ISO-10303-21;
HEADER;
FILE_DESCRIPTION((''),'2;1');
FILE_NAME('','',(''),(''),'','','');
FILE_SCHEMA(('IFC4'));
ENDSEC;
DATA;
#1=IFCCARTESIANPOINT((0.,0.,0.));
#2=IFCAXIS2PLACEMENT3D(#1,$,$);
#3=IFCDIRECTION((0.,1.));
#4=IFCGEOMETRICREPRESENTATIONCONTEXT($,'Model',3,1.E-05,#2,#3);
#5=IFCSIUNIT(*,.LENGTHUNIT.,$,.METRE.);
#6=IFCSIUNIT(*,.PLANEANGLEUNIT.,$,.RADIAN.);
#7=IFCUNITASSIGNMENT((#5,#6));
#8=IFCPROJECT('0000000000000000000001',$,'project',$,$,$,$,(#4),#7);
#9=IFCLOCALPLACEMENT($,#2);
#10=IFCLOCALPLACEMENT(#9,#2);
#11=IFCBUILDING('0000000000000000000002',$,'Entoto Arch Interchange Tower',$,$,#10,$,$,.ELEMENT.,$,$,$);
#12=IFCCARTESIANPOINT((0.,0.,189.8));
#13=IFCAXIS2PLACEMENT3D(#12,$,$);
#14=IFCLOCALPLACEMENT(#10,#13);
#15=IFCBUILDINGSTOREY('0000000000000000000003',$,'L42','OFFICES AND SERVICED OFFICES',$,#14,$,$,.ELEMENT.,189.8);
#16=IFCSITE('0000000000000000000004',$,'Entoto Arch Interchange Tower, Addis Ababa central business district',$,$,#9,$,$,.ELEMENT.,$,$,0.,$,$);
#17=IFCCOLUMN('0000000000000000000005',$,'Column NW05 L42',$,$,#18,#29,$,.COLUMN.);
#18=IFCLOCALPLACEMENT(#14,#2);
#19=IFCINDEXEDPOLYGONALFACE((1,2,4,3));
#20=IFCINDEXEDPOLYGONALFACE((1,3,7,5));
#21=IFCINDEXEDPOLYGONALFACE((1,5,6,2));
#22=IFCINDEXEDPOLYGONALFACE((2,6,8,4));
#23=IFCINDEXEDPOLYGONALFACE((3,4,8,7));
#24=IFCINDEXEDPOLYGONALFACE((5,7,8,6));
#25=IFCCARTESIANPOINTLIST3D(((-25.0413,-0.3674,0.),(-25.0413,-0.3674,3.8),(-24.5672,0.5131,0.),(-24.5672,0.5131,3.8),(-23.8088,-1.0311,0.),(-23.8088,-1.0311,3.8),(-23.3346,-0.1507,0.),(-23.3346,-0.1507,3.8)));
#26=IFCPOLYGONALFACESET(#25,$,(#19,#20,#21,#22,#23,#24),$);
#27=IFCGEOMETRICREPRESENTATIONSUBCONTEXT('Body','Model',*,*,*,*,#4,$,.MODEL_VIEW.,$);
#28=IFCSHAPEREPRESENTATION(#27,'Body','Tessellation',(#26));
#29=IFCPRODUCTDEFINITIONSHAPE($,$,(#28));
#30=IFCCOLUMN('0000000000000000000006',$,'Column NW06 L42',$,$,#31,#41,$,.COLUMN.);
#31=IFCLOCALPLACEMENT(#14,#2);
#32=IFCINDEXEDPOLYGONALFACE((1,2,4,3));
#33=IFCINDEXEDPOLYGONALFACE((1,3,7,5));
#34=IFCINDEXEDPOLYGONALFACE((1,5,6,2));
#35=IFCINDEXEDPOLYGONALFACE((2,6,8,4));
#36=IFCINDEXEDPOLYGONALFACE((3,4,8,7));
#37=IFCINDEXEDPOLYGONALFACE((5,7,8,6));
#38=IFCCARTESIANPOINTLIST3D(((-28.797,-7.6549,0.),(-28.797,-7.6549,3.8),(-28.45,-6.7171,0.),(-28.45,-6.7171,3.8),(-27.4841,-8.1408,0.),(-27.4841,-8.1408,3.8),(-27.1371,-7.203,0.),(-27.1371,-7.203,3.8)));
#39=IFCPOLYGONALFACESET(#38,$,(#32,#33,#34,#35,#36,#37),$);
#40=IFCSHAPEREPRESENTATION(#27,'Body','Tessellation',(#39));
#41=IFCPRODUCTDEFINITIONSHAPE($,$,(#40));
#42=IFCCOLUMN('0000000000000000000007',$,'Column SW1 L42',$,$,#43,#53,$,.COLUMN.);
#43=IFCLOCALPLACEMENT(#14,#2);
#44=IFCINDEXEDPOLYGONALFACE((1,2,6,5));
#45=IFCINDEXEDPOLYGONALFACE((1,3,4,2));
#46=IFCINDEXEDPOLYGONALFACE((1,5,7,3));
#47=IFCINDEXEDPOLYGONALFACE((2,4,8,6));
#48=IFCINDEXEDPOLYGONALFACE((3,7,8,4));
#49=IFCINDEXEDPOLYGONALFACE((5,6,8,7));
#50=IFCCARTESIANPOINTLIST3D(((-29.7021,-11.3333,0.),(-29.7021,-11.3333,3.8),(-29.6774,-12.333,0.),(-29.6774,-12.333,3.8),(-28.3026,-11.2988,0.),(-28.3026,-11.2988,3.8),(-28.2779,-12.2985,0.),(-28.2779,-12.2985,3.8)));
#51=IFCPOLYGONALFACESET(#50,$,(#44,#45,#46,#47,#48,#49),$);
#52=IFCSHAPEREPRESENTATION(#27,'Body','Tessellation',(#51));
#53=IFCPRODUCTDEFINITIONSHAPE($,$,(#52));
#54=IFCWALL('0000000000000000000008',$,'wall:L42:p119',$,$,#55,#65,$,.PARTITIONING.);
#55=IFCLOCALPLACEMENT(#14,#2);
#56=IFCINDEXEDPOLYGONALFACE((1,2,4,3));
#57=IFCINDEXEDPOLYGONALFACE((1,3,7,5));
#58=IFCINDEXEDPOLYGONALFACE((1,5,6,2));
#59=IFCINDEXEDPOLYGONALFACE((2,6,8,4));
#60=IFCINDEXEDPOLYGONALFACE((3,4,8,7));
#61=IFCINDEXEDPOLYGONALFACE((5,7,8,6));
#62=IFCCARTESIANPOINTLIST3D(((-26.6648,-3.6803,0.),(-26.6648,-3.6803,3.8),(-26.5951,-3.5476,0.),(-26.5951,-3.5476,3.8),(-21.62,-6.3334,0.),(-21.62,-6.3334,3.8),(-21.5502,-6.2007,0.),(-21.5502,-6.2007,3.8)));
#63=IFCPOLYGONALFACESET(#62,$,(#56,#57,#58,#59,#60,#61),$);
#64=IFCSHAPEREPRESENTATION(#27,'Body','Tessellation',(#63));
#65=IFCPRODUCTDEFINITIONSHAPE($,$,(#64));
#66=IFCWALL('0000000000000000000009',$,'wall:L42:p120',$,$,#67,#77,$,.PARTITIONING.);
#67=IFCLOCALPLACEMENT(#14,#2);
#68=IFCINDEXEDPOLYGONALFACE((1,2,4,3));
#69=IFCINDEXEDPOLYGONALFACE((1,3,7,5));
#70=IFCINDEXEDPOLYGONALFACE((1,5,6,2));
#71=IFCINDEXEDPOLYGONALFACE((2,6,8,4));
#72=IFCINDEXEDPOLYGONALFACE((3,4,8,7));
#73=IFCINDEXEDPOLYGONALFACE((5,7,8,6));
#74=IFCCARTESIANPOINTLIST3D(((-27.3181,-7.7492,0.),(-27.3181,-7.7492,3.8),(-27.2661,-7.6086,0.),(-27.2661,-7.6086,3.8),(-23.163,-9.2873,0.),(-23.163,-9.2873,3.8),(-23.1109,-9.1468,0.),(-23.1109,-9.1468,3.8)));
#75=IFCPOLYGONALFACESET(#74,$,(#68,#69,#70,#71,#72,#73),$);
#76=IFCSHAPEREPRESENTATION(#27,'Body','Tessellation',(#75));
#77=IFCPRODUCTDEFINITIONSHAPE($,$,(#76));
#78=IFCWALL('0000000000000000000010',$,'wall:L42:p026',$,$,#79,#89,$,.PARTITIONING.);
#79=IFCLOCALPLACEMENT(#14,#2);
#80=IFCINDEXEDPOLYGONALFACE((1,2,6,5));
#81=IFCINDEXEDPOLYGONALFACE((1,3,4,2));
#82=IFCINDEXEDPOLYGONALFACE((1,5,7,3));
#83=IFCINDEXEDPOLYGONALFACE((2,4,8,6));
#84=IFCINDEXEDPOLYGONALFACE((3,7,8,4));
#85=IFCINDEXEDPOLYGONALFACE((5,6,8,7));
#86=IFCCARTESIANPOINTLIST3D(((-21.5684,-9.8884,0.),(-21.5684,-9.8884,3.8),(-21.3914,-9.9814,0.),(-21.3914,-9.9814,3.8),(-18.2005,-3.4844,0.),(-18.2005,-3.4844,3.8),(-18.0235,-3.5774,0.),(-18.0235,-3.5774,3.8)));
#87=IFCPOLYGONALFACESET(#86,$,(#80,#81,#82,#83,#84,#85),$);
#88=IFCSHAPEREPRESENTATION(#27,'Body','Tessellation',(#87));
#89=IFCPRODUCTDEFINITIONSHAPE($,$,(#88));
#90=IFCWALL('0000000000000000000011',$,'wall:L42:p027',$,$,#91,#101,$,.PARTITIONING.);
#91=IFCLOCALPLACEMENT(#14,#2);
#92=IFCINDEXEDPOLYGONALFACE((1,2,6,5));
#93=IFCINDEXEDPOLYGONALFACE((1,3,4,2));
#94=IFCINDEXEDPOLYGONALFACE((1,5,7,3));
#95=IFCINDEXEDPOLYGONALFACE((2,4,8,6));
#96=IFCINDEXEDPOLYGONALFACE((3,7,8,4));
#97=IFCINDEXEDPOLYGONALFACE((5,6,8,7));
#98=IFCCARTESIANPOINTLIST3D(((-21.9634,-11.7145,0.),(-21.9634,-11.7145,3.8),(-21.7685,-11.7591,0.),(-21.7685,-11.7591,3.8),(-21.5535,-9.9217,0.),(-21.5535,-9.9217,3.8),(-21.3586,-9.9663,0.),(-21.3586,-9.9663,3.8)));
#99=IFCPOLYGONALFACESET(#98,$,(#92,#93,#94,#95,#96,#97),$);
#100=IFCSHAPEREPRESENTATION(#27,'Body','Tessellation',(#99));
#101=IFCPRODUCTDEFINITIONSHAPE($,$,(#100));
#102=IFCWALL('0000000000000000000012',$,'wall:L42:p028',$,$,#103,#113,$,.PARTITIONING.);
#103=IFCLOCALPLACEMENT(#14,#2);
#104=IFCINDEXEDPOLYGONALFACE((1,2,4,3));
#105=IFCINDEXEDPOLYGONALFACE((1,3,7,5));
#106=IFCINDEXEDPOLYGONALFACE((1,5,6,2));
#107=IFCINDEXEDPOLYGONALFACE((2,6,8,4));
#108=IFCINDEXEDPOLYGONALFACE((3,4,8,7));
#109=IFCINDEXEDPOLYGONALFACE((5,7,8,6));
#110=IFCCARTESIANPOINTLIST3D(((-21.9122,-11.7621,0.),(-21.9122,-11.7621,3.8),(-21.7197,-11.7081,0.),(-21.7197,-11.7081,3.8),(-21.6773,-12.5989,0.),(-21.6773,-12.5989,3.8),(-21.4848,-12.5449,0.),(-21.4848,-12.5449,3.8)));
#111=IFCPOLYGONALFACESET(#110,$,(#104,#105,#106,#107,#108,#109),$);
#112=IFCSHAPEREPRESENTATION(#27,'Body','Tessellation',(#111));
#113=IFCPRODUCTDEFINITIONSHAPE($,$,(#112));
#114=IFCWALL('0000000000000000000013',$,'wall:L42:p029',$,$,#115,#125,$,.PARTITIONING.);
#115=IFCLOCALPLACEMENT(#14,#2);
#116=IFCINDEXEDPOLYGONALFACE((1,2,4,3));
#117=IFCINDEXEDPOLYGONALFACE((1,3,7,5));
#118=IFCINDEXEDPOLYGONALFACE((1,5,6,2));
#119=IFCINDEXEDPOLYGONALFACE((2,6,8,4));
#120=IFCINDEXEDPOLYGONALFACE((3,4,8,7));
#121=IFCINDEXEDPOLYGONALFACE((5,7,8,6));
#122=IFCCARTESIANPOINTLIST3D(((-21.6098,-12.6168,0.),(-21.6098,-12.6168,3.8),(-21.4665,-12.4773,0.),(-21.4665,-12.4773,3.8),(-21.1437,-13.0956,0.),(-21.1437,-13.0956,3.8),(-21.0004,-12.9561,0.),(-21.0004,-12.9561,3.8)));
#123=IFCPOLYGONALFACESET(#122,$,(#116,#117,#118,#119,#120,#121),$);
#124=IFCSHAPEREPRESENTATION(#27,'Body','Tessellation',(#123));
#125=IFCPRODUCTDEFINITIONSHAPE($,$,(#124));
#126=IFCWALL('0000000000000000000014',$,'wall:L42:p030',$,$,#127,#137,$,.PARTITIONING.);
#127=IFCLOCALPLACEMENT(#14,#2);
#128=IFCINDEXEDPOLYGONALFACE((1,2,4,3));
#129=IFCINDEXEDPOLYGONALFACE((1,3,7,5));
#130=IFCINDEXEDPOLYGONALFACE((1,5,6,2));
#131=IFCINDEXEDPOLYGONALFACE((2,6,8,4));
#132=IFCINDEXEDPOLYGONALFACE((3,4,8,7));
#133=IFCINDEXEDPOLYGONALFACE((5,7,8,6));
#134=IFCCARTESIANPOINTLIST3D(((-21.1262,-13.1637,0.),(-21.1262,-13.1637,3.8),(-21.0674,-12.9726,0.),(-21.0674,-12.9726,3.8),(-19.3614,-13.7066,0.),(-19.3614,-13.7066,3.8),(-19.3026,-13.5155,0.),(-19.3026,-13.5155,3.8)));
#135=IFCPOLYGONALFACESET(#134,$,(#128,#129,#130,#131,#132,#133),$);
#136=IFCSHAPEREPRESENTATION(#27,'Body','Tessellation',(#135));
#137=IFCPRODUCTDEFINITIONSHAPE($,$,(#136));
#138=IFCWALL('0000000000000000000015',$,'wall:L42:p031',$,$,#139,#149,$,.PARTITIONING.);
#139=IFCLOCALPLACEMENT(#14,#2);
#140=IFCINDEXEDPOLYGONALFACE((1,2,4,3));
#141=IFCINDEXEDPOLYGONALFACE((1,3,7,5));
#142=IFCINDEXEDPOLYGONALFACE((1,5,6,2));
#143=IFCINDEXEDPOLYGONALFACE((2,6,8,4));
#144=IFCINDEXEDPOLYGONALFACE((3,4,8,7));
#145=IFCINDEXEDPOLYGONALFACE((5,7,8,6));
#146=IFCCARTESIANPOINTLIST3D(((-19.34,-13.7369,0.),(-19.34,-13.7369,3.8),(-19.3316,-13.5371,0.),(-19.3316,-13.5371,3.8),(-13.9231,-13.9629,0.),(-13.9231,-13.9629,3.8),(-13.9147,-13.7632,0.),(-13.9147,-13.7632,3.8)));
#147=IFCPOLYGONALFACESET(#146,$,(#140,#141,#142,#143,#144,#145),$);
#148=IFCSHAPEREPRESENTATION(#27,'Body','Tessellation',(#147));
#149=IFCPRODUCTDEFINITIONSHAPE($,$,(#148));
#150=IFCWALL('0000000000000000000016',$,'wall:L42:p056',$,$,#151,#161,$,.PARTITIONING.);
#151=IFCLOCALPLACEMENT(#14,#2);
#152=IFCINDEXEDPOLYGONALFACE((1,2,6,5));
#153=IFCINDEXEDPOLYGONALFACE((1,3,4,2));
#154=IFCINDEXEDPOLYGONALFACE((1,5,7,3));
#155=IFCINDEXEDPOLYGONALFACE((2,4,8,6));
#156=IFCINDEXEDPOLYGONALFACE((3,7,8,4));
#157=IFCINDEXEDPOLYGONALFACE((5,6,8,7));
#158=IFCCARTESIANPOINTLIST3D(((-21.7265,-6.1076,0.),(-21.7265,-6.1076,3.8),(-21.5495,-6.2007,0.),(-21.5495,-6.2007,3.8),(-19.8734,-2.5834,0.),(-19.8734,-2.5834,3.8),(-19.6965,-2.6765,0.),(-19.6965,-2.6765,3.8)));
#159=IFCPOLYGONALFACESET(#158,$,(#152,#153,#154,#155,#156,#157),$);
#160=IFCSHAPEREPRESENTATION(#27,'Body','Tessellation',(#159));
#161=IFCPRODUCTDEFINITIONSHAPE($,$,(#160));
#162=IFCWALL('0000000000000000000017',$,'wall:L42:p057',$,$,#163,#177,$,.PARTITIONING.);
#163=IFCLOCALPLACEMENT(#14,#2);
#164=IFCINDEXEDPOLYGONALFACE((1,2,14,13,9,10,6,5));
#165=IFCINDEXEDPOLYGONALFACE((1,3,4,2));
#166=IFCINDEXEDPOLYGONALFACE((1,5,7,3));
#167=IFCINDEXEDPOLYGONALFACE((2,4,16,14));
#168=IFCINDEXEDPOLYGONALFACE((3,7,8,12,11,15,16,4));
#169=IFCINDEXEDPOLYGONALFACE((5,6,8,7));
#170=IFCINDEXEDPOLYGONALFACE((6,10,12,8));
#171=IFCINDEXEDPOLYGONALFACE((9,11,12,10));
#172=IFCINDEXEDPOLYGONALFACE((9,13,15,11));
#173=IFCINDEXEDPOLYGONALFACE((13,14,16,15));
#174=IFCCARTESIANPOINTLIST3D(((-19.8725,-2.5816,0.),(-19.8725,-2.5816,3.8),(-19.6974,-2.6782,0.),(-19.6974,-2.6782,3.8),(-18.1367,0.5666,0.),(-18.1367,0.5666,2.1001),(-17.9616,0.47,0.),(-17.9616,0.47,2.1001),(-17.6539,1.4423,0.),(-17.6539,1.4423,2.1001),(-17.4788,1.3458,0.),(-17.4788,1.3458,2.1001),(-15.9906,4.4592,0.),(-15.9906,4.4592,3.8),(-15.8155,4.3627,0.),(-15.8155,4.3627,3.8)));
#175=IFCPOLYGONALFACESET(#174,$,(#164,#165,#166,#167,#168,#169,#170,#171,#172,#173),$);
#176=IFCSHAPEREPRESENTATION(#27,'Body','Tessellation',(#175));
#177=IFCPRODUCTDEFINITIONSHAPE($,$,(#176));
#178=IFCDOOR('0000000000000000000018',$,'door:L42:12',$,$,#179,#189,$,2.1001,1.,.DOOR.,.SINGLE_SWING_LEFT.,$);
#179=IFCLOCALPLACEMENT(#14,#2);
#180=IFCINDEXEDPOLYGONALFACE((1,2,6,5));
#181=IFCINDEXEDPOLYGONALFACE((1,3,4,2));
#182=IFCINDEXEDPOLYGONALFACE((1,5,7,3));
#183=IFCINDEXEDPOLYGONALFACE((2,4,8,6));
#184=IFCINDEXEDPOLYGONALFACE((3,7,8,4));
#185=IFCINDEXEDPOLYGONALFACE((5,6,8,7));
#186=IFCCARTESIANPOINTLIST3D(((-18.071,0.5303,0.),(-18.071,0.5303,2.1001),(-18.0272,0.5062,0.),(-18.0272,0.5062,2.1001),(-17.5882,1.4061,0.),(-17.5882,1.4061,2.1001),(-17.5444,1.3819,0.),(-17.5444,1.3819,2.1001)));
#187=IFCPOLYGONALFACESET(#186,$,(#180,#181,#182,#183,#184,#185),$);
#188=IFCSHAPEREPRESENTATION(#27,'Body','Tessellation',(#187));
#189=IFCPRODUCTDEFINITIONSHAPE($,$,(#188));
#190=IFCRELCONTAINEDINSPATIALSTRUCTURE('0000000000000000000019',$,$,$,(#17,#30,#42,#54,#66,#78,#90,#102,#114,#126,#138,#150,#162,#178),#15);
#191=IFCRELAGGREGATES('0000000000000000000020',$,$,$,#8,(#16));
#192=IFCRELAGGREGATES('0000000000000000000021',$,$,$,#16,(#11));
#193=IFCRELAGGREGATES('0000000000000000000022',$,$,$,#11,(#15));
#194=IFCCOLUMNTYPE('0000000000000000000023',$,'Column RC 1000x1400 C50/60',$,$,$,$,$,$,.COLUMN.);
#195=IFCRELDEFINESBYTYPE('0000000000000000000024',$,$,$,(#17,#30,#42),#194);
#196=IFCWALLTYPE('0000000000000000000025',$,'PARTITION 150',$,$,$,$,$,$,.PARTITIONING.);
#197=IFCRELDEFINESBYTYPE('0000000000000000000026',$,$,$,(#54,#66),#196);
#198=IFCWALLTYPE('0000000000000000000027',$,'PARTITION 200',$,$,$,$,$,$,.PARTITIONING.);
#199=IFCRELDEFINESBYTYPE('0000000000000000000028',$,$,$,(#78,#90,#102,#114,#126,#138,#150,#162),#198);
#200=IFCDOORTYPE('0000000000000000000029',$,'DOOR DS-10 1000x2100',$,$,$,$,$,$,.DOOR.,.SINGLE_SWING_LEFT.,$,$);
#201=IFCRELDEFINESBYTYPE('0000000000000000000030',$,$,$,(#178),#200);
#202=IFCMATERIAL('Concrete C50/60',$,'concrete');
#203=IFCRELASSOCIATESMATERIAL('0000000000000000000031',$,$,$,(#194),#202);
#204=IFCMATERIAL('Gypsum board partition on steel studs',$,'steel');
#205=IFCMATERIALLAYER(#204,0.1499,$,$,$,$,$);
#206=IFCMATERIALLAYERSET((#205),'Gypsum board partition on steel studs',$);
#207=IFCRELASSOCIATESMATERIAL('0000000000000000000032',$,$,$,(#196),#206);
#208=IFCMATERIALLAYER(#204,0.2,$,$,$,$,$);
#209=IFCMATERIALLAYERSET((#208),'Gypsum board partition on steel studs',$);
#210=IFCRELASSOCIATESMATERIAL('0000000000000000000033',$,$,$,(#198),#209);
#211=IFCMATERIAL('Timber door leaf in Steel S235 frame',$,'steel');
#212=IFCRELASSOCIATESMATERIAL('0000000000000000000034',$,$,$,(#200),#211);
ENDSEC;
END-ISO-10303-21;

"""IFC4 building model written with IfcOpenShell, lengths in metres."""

from ifc_helpers import new_model, si_unit, direction, frame, frame_2d, origin, origin_2d, place, context, subcontext, project, spatial, rectangle, extrude, material, layer, layer_set, material_profile, profile_set, type_object, element, fill, save


model = new_model("IFC4")

# Units and contexts
model_context = context("Model", 3, precision=1e-05, world=origin(), true_north=direction((0.0, 1.0)))
body_context = subcontext(model_context, "Body", "Model", "MODEL_VIEW")
ifc_project = project(units=[si_unit("LENGTHUNIT", "METRE"), si_unit("PLANEANGLEUNIT", "RADIAN")], contexts=[model_context])

# Site, building, storey
site_placement = place(None, origin())
site = spatial("IfcSite", under=ifc_project, at=site_placement, Name="Entoto Arch Interchange Tower, Addis Ababa central business district", CompositionType="ELEMENT", RefElevation=0.0)
building_placement = place(site_placement, origin())
building = spatial("IfcBuilding", under=site, at=building_placement, Name="Entoto Arch Interchange Tower", CompositionType="ELEMENT")
storey_placement = place(building_placement, frame((0.0, 0.0, 189.8)))
storey = spatial("IfcBuildingStorey", under=building, at=storey_placement, Name="L42", Description="OFFICES AND SERVICED OFFICES", CompositionType="ELEMENT", Elevation=189.8)

# Columns
ifc_material_1 = material(Name="Concrete C50/60", Category="concrete")
ifc_material_profile = material_profile(ifc_material_1, rectangle(XDim=1.0, YDim=1.3999, at=origin_2d()))
ifc_profile_set = profile_set([ifc_material_profile], Name="Concrete C50/60")
column_type = type_object("IfcColumnType", Name="Column RC 1000x1400 C50/60", PredefinedType="COLUMN", material=ifc_profile_set)
for number, where, z_axis, x_axis, name in (
    (1, (-24.188, -0.259, 0.0), (0.0, 0.0, 1.0), (0.474134, 0.880453, 0.0), "Column NW05 L42"),
    (2, (-27.967, -7.429, 0.0), (0.0, 0.0, 1.0), (0.347067, 0.93784, 0.0), "Column NW06 L42"),
    (3, (-28.99, -11.8159, 0.0), (0.0, 0.0, 1.0), (-0.024676, 0.999695, 0.0), "Column SW1 L42"),
):
    element("IfcColumn", number, at=place(storey_placement, frame(where, z_axis=z_axis, x_axis=x_axis)), inside=storey, type_object=column_type, Name=name, PredefinedType="COLUMN", context=body_context, shape_type="SweptSolid", body=[
        extrude(rectangle(XDim=1.0, YDim=1.3999, at=origin_2d()), origin(), (0.0, 0.0, 1.0), 3.8),
    ])

# Walls
ifc_material_2 = material(Name="Gypsum board partition on steel studs", Category="steel")
ifc_layer_1 = layer(ifc_material_2, 0.1499)
ifc_layer_set_1 = layer_set([ifc_layer_1], Name="Gypsum board partition on steel studs")
wall_type_1 = type_object("IfcWallType", Name="PARTITION 150", PredefinedType="PARTITIONING", material=ifc_layer_set_1)
wall_1_placement = place(storey_placement, frame((-21.585, -6.2671, 0.0), z_axis=(0.0, 0.0, 1.0), x_axis=(-0.885073, 0.465452, 0.0)))
element("IfcWall", 4, at=wall_1_placement, inside=storey, type_object=wall_type_1, Name="wall:L42:p119", PredefinedType="PARTITIONING", context=body_context, shape_type="SweptSolid", body=[
    extrude(rectangle(XDim=5.7, YDim=0.1499, at=frame_2d((2.8501, 0.0))), origin(), (0.0, 0.0, 1.0), 3.8),
])
wall_2_placement = place(storey_placement, frame((-23.137, -9.217, 0.0), z_axis=(0.0, 0.0, 1.0), x_axis=(-0.937809, 0.347153, 0.0)))
element("IfcWall", 5, at=wall_2_placement, inside=storey, type_object=wall_type_1, Name="wall:L42:p120", PredefinedType="PARTITIONING", context=body_context, shape_type="SweptSolid", body=[
    extrude(rectangle(XDim=4.4307, YDim=0.1499, at=frame_2d((2.2153, 0.0))), origin(), (0.0, 0.0, 1.0), 3.8),
])
ifc_layer_2 = layer(ifc_material_2, 0.2)
ifc_layer_set_2 = layer_set([ifc_layer_2], Name="Gypsum board partition on steel studs")
wall_type_2 = type_object("IfcWallType", Name="PARTITION 200", PredefinedType="PARTITIONING", material=ifc_layer_set_2)
wall_3_placement = place(storey_placement, frame((-18.1121, -3.531, 0.0), z_axis=(0.0, 0.0, 1.0), x_axis=(-0.465461, -0.885068, 0.0)))
element("IfcWall", 6, at=wall_3_placement, inside=storey, type_object=wall_type_2, Name="wall:L42:p026", PredefinedType="PARTITIONING", context=body_context, shape_type="SweptSolid", body=[
    extrude(rectangle(XDim=7.2356, YDim=0.2, at=frame_2d((3.6177, 0.0))), origin(), (0.0, 0.0, 1.0), 3.8),
])
wall_4_placement = place(storey_placement, frame((-21.4561, -9.9441, 0.0), z_axis=(0.0, 0.0, 1.0), x_axis=(-0.222872, -0.974848, 0.0)))
element("IfcWall", 7, at=wall_4_placement, inside=storey, type_object=wall_type_2, Name="wall:L42:p027", PredefinedType="PARTITIONING", context=body_context, shape_type="SweptSolid", body=[
    extrude(rectangle(XDim=1.8391, YDim=0.2, at=frame_2d((0.9194, 0.0))), origin(), (0.0, 0.0, 1.0), 3.8),
])
wall_5_placement = place(storey_placement, frame((-21.8159, -11.7351, 0.0), z_axis=(0.0, 0.0, 1.0), x_axis=(0.270192, -0.962806, 0.0)))
element("IfcWall", 8, at=wall_5_placement, inside=storey, type_object=wall_type_2, Name="wall:L42:p028", PredefinedType="PARTITIONING", context=body_context, shape_type="SweptSolid", body=[
    extrude(rectangle(XDim=0.8691, YDim=0.2, at=frame_2d((0.4346, 0.0))), origin(), (0.0, 0.0, 1.0), 3.8),
])
wall_6_placement = place(storey_placement, frame((-21.5381, -12.5471, 0.0), z_axis=(0.0, 0.0, 1.0), x_axis=(0.697543, -0.716543, 0.0)))
element("IfcWall", 9, at=wall_6_placement, inside=storey, type_object=wall_type_2, Name="wall:L42:p029", PredefinedType="PARTITIONING", context=body_context, shape_type="SweptSolid", body=[
    extrude(rectangle(XDim=0.6682, YDim=0.2, at=frame_2d((0.334, 0.0))), origin(), (0.0, 0.0, 1.0), 3.8),
])
wall_7_placement = place(storey_placement, frame((-21.0969, -13.0681, 0.0), z_axis=(0.0, 0.0, 1.0), x_axis=(0.95579, -0.294049, 0.0)))
element("IfcWall", 10, at=wall_7_placement, inside=storey, type_object=wall_type_2, Name="wall:L42:p030", PredefinedType="PARTITIONING", context=body_context, shape_type="SweptSolid", body=[
    extrude(rectangle(XDim=1.8464, YDim=0.2, at=frame_2d((0.9233, 0.0))), origin(), (0.0, 0.0, 1.0), 3.8),
])
wall_8_placement = place(storey_placement, frame((-19.3359, -13.637, 0.0), z_axis=(0.0, 0.0, 1.0), x_axis=(0.99913, -0.041698, 0.0)))
element("IfcWall", 11, at=wall_8_placement, inside=storey, type_object=wall_type_2, Name="wall:L42:p031", PredefinedType="PARTITIONING", context=body_context, shape_type="SweptSolid", body=[
    extrude(rectangle(XDim=5.4216, YDim=0.2, at=frame_2d((2.7109, 0.0))), origin(), (0.0, 0.0, 1.0), 3.8),
])
wall_9_placement = place(storey_placement, frame((-21.6379, -6.1541, 0.0), z_axis=(0.0, 0.0, 1.0), x_axis=(0.465393, 0.885104, 0.0)))
element("IfcWall", 12, at=wall_9_placement, inside=storey, type_object=wall_type_2, Name="wall:L42:p056", PredefinedType="PARTITIONING", context=body_context, shape_type="SweptSolid", body=[
    extrude(rectangle(XDim=3.9817, YDim=0.2, at=frame_2d((1.9907, 0.0))), origin(), (0.0, 0.0, 1.0), 3.8),
])

# Wall, opening, door
wall_10_placement = place(storey_placement, frame((-19.7849, -2.6299, 0.0), z_axis=(0.0, 0.0, 1.0), x_axis=(0.482817, 0.875721, 0.0)))
wall_10 = element("IfcWall", 13, at=wall_10_placement, inside=storey, type_object=wall_type_2, Name="wall:L42:p057", PredefinedType="PARTITIONING", context=body_context, shape_type="SweptSolid", body=[
    extrude(rectangle(XDim=8.04, YDim=0.2, at=frame_2d((4.02, 0.0))), origin(), (0.0, 0.0, 1.0), 3.8),
])
opening_1_placement = place(wall_10_placement, frame((3.595, 0.0, 0.0)))
opening_1 = element("IfcOpeningElement", 14, at=opening_1_placement, cuts=wall_10, PredefinedType="OPENING", context=body_context, shape_type="SweptSolid", body=[
    extrude(rectangle(XDim=1.0, YDim=2.1001, at=frame_2d((0.5, 1.05))), frame((0.0, 0.1099, 0.0), z_axis=(0.0, -1.0, 0.0), x_axis=(1.0, 0.0, 0.0)), (0.0, 0.0, 1.0), 0.22),
])
ifc_material_3 = material(Name="Timber door leaf in Steel S235 frame", Category="steel")
door_type = type_object("IfcDoorType", Name="DOOR DS-10 1000x2100", OperationType="SINGLE_SWING_LEFT", PredefinedType="DOOR", material=ifc_material_3)
door_1_placement = place(opening_1_placement, origin())
door_1 = element("IfcDoor", 15, at=door_1_placement, inside=storey, type_object=door_type, Name="door:L42:12", OperationType="SINGLE_SWING_LEFT", OverallHeight=2.1001, OverallWidth=1.0, PredefinedType="DOOR", context=body_context, shape_type="SweptSolid", body=[
    extrude(rectangle(XDim=1.0, YDim=2.1001, at=frame_2d((0.5, 1.05))), frame((0.0, 0.0249, 0.0), z_axis=(0.0, -1.0, 0.0), x_axis=(1.0, 0.0, 0.0)), (0.0, 0.0, 1.0), 0.05),
])
fill(opening_1, door_1)

save(model, "model.ifc")
